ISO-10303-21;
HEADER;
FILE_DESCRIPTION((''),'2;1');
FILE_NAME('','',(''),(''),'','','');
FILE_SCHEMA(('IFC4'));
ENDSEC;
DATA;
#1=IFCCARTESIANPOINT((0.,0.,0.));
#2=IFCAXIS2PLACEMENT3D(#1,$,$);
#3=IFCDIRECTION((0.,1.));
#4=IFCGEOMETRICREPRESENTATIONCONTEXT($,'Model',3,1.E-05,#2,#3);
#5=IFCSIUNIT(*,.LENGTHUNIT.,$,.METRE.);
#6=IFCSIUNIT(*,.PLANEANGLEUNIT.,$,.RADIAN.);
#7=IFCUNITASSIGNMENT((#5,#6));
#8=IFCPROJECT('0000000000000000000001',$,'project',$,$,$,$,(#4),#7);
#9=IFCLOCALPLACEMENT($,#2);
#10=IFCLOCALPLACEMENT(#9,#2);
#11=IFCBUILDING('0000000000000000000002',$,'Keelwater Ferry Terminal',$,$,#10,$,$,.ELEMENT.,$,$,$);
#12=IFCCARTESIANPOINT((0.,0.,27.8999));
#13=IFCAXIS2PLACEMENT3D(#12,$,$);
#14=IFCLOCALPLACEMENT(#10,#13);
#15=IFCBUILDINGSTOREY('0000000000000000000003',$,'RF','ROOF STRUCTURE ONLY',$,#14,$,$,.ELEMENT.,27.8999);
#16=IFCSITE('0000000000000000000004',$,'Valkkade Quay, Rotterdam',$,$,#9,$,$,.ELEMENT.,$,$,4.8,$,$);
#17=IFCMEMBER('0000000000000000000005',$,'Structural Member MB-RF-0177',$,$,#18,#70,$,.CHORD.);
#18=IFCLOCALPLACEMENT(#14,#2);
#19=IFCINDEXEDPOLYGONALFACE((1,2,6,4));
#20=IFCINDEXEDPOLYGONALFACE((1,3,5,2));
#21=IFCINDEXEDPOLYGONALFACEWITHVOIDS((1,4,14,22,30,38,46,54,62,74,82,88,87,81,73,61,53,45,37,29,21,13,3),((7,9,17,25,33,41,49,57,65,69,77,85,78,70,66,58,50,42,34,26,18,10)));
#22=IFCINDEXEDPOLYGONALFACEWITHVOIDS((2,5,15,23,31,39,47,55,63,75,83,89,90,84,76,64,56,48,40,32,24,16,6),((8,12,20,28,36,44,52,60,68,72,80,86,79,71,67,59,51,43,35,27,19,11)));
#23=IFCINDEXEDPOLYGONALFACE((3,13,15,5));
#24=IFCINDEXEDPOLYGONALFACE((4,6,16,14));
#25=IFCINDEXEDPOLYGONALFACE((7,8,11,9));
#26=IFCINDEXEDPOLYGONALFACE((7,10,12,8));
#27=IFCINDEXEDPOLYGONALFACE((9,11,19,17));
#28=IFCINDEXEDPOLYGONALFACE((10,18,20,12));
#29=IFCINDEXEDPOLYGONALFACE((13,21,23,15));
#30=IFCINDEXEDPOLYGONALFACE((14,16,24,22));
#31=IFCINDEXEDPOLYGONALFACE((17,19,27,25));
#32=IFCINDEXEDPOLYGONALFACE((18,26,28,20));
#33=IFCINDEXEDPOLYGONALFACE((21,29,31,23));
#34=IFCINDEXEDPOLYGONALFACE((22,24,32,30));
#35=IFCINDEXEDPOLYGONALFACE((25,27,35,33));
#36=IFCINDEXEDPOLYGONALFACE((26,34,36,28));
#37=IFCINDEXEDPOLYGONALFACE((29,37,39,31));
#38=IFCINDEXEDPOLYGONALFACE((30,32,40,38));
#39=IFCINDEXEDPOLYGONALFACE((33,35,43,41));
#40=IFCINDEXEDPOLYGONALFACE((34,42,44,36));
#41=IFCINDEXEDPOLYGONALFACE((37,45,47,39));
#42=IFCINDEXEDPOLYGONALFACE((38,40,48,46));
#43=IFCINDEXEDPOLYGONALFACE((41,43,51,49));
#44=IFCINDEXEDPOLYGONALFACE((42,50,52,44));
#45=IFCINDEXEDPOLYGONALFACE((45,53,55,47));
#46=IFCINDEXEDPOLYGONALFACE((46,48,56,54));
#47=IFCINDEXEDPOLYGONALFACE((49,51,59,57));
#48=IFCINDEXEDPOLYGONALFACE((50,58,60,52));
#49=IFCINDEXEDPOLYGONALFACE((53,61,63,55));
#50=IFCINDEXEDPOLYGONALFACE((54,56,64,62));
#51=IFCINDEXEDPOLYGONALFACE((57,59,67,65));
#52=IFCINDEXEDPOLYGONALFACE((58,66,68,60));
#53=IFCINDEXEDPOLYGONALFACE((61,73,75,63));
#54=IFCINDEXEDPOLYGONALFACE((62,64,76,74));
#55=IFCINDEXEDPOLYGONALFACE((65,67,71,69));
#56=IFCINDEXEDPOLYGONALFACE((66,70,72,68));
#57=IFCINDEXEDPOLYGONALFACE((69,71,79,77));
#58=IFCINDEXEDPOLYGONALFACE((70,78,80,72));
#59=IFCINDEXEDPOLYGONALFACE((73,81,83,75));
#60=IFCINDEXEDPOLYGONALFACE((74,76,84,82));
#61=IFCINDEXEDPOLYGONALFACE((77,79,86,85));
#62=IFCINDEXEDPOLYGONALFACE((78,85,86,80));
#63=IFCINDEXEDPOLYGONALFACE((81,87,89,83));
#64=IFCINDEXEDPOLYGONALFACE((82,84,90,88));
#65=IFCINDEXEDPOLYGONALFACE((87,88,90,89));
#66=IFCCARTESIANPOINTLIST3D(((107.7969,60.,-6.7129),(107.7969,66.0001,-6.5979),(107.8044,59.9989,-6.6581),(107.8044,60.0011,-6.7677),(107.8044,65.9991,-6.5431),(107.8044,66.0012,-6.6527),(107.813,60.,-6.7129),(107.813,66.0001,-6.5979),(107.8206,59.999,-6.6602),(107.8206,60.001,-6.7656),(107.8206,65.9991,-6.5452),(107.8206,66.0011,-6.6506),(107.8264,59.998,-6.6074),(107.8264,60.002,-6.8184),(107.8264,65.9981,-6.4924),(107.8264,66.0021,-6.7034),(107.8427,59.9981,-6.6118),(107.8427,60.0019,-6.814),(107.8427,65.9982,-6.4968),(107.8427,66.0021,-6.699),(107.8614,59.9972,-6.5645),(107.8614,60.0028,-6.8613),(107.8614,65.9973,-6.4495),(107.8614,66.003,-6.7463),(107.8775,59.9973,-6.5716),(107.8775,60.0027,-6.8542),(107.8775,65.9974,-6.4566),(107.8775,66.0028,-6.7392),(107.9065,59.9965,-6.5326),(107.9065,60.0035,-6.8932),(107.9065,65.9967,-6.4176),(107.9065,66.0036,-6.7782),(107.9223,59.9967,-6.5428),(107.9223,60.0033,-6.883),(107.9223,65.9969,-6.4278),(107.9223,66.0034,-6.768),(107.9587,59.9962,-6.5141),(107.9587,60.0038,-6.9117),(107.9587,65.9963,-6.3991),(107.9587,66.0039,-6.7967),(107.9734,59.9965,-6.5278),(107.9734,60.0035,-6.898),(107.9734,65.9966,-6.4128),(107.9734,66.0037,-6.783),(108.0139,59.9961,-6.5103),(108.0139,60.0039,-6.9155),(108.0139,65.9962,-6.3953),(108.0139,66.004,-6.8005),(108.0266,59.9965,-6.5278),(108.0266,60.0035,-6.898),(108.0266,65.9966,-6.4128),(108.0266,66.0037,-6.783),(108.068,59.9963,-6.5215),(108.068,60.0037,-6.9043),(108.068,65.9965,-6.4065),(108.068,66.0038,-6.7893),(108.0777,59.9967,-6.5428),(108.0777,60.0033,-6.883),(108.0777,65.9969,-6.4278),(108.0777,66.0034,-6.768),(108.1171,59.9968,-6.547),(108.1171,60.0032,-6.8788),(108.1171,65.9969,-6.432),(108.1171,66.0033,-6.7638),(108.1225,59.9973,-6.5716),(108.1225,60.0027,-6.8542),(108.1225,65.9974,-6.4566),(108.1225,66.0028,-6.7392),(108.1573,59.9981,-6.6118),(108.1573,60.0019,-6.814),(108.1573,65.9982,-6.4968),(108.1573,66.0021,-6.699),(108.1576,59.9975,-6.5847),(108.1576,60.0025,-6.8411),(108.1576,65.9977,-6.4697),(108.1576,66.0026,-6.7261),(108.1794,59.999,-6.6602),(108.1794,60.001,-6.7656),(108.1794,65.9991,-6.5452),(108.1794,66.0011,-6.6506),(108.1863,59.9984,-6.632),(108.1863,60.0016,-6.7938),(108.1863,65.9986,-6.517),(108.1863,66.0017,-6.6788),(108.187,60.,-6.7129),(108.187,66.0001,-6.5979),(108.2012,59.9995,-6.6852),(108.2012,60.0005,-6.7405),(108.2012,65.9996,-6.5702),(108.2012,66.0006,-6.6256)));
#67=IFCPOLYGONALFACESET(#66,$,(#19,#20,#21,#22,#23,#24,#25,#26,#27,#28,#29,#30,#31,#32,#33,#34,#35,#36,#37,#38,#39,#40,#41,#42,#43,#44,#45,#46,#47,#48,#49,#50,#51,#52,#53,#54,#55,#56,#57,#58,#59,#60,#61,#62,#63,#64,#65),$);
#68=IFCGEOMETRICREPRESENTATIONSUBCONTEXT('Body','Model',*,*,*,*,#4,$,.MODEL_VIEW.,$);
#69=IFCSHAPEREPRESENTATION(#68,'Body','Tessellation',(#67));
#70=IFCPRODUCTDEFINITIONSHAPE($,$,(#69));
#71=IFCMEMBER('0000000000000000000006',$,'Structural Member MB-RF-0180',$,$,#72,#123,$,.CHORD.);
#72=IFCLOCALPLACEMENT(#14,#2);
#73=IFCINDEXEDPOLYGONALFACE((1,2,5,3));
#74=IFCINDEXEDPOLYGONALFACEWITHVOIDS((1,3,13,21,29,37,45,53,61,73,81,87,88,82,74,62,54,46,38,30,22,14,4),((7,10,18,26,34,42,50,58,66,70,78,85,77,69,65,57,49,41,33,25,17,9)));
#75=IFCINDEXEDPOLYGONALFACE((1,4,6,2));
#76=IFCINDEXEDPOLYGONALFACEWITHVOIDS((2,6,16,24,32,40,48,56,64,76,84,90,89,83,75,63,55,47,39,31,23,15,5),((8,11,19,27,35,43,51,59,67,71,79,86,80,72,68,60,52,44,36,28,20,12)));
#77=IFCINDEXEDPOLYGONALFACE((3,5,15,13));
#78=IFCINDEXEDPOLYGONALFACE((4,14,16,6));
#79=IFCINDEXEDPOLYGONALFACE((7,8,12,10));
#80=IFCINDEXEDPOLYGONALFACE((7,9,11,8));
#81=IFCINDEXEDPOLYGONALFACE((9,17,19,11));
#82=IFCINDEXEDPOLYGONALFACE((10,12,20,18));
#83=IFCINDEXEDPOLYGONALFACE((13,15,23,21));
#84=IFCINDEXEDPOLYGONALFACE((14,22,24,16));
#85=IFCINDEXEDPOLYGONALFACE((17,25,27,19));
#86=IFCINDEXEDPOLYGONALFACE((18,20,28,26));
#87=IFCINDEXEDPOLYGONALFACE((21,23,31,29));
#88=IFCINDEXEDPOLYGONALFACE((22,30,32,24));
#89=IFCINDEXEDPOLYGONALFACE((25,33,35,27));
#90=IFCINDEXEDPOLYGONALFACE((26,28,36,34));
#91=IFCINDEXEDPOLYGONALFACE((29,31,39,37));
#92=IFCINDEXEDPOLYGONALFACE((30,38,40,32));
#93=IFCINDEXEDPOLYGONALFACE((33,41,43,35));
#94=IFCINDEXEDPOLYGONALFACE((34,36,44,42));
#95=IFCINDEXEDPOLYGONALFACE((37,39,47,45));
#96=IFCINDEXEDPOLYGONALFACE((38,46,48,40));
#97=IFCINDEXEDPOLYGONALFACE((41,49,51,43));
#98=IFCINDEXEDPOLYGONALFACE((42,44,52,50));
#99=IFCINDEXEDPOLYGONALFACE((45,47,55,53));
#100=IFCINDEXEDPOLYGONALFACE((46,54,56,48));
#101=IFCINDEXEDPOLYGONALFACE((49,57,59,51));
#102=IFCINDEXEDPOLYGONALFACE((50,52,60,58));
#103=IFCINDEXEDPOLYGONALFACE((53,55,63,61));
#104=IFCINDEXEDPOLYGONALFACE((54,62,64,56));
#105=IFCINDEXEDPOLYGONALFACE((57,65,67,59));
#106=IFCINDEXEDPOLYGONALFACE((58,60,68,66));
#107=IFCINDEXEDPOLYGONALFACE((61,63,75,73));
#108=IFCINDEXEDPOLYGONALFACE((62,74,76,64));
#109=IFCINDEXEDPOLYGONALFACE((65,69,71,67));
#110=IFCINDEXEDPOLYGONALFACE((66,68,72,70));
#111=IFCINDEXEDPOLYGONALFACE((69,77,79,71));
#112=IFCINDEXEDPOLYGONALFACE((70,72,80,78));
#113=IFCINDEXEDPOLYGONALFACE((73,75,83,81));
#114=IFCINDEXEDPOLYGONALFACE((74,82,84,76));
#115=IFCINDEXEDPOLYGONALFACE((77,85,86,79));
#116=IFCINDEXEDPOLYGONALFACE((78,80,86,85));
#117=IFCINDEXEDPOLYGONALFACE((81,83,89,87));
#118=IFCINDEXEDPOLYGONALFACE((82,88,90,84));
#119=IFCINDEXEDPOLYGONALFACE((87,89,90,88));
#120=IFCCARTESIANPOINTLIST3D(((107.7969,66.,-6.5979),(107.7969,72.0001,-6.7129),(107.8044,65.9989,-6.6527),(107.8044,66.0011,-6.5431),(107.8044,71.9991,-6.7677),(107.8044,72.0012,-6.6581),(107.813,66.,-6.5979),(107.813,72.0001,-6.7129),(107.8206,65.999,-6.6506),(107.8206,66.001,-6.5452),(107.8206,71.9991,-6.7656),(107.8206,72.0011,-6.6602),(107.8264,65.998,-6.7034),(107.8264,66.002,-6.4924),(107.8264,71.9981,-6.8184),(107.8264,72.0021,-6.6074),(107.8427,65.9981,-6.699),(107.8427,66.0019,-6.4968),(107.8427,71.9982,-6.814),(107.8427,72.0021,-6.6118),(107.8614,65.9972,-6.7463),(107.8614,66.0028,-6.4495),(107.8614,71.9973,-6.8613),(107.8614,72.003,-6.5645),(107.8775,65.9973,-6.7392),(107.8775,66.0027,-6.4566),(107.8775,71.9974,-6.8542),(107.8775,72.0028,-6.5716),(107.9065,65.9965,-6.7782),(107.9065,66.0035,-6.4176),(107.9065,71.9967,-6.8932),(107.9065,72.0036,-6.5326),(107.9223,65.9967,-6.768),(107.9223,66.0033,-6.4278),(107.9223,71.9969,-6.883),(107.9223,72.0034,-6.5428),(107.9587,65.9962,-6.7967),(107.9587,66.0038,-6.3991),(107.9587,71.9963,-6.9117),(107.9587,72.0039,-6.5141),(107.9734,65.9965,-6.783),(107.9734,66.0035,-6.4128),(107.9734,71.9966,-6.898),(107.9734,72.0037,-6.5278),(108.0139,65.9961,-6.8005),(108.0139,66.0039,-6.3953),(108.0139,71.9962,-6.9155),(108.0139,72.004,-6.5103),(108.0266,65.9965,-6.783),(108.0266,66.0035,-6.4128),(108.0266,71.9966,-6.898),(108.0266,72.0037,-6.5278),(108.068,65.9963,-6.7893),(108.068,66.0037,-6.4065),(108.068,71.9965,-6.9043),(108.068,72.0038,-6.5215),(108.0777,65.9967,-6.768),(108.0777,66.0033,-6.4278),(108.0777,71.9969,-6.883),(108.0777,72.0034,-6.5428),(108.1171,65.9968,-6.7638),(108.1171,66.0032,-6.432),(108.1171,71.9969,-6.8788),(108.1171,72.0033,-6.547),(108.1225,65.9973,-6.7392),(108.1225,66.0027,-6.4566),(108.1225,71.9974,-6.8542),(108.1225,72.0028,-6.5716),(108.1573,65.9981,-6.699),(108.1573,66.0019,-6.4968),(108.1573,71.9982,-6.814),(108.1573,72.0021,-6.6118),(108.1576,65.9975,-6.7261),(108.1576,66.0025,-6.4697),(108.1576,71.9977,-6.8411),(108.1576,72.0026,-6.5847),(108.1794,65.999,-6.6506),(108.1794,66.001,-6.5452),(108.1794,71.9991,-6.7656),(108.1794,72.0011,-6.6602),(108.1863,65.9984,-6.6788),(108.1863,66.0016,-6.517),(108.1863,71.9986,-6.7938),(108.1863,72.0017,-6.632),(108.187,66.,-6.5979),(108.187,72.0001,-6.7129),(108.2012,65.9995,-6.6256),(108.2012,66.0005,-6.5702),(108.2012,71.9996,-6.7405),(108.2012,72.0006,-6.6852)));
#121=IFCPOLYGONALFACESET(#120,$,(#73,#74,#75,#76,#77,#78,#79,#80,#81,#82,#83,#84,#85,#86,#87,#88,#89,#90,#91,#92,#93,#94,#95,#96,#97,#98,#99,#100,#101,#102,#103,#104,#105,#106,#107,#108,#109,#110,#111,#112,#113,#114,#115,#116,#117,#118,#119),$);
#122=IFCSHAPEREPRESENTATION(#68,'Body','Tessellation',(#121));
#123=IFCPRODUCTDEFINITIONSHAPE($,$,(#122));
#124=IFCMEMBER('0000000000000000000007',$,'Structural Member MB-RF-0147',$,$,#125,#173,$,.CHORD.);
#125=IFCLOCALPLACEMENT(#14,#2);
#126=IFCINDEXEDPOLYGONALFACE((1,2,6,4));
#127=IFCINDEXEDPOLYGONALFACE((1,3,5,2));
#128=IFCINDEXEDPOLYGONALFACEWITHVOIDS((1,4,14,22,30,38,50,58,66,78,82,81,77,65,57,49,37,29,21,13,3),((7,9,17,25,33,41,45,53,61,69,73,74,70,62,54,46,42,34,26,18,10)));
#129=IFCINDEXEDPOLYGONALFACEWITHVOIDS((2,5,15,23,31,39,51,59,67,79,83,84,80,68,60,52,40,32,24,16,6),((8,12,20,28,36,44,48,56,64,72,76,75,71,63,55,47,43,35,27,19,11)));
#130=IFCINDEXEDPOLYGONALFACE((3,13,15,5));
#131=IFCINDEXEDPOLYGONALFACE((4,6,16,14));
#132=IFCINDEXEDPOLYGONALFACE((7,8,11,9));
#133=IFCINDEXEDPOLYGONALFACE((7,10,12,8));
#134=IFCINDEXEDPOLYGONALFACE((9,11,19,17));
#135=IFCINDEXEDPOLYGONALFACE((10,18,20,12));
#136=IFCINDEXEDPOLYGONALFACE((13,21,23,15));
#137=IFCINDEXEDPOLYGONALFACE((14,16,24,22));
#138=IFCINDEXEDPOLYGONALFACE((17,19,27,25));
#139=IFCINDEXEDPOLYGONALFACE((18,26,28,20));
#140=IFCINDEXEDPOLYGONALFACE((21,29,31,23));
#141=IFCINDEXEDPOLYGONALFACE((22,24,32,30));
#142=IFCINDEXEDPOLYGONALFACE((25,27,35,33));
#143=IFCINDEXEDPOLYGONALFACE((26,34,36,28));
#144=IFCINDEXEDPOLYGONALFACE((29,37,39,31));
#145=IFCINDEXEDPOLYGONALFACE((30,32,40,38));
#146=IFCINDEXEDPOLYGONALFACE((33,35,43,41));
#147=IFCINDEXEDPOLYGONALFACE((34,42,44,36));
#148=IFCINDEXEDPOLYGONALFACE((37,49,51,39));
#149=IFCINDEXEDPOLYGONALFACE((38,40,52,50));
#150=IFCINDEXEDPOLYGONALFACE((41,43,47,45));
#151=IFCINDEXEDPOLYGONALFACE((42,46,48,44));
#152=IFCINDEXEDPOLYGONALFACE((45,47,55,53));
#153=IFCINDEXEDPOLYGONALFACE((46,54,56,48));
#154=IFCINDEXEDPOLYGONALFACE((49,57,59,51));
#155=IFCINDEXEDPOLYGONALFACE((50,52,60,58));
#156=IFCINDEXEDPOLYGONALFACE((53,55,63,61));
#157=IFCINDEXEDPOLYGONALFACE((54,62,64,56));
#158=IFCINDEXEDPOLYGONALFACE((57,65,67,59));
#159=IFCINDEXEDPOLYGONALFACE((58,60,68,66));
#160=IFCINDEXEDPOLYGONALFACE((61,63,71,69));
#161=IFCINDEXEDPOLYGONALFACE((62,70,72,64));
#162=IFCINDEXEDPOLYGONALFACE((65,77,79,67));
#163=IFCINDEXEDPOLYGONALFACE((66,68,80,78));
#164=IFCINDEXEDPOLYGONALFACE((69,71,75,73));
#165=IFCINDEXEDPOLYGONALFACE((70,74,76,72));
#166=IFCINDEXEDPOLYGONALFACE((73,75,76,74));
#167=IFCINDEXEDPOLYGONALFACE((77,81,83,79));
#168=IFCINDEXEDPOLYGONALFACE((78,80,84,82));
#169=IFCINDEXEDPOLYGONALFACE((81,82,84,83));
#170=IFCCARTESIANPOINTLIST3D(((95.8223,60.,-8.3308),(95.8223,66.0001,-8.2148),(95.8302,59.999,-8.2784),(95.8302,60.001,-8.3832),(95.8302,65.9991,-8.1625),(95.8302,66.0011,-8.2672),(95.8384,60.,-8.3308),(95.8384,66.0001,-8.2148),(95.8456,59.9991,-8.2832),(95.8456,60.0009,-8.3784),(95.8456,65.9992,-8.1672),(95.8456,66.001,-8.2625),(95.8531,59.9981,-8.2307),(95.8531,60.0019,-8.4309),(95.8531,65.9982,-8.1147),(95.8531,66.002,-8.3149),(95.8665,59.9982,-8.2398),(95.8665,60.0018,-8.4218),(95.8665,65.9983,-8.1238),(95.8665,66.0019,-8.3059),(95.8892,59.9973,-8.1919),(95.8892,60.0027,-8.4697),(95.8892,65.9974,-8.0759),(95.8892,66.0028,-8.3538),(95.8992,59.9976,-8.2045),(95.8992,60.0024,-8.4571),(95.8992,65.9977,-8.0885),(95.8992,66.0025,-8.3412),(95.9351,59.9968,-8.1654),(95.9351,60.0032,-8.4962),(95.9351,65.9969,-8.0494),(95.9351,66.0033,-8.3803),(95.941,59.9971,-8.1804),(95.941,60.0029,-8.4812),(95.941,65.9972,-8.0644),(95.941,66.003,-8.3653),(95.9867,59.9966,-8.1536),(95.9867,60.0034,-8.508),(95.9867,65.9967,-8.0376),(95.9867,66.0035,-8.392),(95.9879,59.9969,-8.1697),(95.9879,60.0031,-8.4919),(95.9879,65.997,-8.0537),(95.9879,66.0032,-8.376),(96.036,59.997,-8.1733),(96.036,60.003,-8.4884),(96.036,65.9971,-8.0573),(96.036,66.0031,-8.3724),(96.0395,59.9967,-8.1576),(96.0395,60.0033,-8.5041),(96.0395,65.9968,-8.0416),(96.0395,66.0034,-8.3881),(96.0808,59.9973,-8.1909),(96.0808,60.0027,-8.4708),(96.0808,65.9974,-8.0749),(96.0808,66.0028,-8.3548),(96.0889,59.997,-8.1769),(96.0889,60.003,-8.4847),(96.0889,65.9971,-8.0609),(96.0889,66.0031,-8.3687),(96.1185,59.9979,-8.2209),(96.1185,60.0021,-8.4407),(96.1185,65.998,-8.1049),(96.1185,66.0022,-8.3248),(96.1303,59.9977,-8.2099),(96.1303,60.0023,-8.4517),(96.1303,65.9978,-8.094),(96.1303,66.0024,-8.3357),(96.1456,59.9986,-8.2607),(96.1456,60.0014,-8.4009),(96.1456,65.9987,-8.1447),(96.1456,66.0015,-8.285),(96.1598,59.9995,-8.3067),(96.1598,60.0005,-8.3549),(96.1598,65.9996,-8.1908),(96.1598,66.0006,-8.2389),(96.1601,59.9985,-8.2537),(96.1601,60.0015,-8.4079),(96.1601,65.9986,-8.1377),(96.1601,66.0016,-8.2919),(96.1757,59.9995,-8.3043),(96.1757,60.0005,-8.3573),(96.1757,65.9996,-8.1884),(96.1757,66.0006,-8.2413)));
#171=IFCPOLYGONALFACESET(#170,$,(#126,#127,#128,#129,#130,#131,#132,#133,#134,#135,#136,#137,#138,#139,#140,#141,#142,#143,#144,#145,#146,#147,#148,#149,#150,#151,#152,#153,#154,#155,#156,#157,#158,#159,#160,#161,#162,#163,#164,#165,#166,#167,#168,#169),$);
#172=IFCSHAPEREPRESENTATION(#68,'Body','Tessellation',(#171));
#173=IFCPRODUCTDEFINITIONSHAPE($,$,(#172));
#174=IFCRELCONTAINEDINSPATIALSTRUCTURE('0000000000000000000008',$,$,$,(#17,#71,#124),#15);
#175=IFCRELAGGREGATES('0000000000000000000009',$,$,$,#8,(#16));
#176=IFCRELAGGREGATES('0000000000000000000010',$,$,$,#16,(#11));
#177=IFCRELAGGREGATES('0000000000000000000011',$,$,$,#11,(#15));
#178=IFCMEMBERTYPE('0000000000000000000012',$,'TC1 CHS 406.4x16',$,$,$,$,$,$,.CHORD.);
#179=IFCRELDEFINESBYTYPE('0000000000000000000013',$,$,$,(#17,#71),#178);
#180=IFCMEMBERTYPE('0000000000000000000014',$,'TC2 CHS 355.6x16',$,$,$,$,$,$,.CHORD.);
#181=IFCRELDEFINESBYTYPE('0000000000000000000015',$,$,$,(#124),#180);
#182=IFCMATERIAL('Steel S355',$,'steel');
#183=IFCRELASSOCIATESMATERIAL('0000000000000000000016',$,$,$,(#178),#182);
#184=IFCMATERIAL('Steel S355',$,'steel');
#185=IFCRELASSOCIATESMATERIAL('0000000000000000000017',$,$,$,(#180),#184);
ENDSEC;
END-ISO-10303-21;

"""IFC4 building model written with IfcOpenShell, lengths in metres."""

from ifc_helpers import new_model, si_unit, direction, frame, origin, origin_2d, place, context, subcontext, project, spatial, hollow_circle, extrude, material, material_profile, profile_set, type_object, element, save


model = new_model("IFC4")

# Units and contexts
model_context = context("Model", 3, precision=1e-05, world=origin(), true_north=direction((0.0, 1.0)))
body_context = subcontext(model_context, "Body", "Model", "MODEL_VIEW")
ifc_project = project(units=[si_unit("LENGTHUNIT", "METRE"), si_unit("PLANEANGLEUNIT", "RADIAN")], contexts=[model_context])

# Site, building, storey
site_placement = place(None, origin())
site = spatial("IfcSite", under=ifc_project, at=site_placement, Name="Valkkade Quay, Rotterdam", CompositionType="ELEMENT", RefElevation=4.8)
building_placement = place(site_placement, origin())
building = spatial("IfcBuilding", under=site, at=building_placement, Name="Keelwater Ferry Terminal", CompositionType="ELEMENT")
storey_placement = place(building_placement, frame((0.0, 0.0, 27.8999)))
storey = spatial("IfcBuildingStorey", under=building, at=storey_placement, Name="RF", Description="ROOF STRUCTURE ONLY", CompositionType="ELEMENT", Elevation=27.8999)

# Members
ifc_material_1 = material(Name="Steel S355", Category="steel")
ifc_material_profile_1 = material_profile(ifc_material_1, hollow_circle(Radius=0.2031, WallThickness=0.0161, at=origin_2d()), Name="CHS 406.4x16")
ifc_profile_set_1 = profile_set([ifc_material_profile_1], Name="Steel S355")
member_type_1 = type_object("IfcMemberType", Name="TC1 CHS 406.4x16", PredefinedType="CHORD", material=ifc_profile_set_1)
for number, where, z_axis, x_axis, name in (
    (1, (108.0, 60.0, -6.7129), (0.0, 0.999816, 0.019162), (-1.0, 0.0, 0.0), "Structural Member MB-RF-0177"),
    (2, (108.0, 66.0, -6.5979), (0.0, 0.999816, -0.019162), (-1.0, 0.0, 0.0), "Structural Member MB-RF-0180"),
):
    element("IfcMember", number, at=place(storey_placement, frame(where, z_axis=z_axis, x_axis=x_axis)), inside=storey, type_object=member_type_1, Name=name, PredefinedType="CHORD", context=body_context, shape_type="SweptSolid", body=[
        extrude(hollow_circle(Radius=0.2031, WallThickness=0.0161, at=origin_2d()), origin(), (0.0, 0.0, 1.0), 6.0012),
    ])
ifc_material_2 = material(Name="Steel S355", Category="steel")
ifc_material_profile_2 = material_profile(ifc_material_2, hollow_circle(Radius=0.1777, WallThickness=0.0161, at=origin_2d()), Name="CHS 355.6x16")
ifc_profile_set_2 = profile_set([ifc_material_profile_2], Name="Steel S355")
member_type_2 = type_object("IfcMemberType", Name="TC2 CHS 355.6x16", PredefinedType="CHORD", material=ifc_profile_set_2)
for number, where, z_axis, x_axis, name in (
    (3, (96.0, 60.0, -8.3308), (0.0, 0.999813, 0.019324), (-1.0, 0.0, 0.0), "Structural Member MB-RF-0147"),
):
    element("IfcMember", number, at=place(storey_placement, frame(where, z_axis=z_axis, x_axis=x_axis)), inside=storey, type_object=member_type_2, Name=name, PredefinedType="CHORD", context=body_context, shape_type="SweptSolid", body=[
        extrude(hollow_circle(Radius=0.1777, WallThickness=0.0161, at=origin_2d()), origin(), (0.0, 0.0, 1.0), 6.0012),
    ])

save(model, "model.ifc")
